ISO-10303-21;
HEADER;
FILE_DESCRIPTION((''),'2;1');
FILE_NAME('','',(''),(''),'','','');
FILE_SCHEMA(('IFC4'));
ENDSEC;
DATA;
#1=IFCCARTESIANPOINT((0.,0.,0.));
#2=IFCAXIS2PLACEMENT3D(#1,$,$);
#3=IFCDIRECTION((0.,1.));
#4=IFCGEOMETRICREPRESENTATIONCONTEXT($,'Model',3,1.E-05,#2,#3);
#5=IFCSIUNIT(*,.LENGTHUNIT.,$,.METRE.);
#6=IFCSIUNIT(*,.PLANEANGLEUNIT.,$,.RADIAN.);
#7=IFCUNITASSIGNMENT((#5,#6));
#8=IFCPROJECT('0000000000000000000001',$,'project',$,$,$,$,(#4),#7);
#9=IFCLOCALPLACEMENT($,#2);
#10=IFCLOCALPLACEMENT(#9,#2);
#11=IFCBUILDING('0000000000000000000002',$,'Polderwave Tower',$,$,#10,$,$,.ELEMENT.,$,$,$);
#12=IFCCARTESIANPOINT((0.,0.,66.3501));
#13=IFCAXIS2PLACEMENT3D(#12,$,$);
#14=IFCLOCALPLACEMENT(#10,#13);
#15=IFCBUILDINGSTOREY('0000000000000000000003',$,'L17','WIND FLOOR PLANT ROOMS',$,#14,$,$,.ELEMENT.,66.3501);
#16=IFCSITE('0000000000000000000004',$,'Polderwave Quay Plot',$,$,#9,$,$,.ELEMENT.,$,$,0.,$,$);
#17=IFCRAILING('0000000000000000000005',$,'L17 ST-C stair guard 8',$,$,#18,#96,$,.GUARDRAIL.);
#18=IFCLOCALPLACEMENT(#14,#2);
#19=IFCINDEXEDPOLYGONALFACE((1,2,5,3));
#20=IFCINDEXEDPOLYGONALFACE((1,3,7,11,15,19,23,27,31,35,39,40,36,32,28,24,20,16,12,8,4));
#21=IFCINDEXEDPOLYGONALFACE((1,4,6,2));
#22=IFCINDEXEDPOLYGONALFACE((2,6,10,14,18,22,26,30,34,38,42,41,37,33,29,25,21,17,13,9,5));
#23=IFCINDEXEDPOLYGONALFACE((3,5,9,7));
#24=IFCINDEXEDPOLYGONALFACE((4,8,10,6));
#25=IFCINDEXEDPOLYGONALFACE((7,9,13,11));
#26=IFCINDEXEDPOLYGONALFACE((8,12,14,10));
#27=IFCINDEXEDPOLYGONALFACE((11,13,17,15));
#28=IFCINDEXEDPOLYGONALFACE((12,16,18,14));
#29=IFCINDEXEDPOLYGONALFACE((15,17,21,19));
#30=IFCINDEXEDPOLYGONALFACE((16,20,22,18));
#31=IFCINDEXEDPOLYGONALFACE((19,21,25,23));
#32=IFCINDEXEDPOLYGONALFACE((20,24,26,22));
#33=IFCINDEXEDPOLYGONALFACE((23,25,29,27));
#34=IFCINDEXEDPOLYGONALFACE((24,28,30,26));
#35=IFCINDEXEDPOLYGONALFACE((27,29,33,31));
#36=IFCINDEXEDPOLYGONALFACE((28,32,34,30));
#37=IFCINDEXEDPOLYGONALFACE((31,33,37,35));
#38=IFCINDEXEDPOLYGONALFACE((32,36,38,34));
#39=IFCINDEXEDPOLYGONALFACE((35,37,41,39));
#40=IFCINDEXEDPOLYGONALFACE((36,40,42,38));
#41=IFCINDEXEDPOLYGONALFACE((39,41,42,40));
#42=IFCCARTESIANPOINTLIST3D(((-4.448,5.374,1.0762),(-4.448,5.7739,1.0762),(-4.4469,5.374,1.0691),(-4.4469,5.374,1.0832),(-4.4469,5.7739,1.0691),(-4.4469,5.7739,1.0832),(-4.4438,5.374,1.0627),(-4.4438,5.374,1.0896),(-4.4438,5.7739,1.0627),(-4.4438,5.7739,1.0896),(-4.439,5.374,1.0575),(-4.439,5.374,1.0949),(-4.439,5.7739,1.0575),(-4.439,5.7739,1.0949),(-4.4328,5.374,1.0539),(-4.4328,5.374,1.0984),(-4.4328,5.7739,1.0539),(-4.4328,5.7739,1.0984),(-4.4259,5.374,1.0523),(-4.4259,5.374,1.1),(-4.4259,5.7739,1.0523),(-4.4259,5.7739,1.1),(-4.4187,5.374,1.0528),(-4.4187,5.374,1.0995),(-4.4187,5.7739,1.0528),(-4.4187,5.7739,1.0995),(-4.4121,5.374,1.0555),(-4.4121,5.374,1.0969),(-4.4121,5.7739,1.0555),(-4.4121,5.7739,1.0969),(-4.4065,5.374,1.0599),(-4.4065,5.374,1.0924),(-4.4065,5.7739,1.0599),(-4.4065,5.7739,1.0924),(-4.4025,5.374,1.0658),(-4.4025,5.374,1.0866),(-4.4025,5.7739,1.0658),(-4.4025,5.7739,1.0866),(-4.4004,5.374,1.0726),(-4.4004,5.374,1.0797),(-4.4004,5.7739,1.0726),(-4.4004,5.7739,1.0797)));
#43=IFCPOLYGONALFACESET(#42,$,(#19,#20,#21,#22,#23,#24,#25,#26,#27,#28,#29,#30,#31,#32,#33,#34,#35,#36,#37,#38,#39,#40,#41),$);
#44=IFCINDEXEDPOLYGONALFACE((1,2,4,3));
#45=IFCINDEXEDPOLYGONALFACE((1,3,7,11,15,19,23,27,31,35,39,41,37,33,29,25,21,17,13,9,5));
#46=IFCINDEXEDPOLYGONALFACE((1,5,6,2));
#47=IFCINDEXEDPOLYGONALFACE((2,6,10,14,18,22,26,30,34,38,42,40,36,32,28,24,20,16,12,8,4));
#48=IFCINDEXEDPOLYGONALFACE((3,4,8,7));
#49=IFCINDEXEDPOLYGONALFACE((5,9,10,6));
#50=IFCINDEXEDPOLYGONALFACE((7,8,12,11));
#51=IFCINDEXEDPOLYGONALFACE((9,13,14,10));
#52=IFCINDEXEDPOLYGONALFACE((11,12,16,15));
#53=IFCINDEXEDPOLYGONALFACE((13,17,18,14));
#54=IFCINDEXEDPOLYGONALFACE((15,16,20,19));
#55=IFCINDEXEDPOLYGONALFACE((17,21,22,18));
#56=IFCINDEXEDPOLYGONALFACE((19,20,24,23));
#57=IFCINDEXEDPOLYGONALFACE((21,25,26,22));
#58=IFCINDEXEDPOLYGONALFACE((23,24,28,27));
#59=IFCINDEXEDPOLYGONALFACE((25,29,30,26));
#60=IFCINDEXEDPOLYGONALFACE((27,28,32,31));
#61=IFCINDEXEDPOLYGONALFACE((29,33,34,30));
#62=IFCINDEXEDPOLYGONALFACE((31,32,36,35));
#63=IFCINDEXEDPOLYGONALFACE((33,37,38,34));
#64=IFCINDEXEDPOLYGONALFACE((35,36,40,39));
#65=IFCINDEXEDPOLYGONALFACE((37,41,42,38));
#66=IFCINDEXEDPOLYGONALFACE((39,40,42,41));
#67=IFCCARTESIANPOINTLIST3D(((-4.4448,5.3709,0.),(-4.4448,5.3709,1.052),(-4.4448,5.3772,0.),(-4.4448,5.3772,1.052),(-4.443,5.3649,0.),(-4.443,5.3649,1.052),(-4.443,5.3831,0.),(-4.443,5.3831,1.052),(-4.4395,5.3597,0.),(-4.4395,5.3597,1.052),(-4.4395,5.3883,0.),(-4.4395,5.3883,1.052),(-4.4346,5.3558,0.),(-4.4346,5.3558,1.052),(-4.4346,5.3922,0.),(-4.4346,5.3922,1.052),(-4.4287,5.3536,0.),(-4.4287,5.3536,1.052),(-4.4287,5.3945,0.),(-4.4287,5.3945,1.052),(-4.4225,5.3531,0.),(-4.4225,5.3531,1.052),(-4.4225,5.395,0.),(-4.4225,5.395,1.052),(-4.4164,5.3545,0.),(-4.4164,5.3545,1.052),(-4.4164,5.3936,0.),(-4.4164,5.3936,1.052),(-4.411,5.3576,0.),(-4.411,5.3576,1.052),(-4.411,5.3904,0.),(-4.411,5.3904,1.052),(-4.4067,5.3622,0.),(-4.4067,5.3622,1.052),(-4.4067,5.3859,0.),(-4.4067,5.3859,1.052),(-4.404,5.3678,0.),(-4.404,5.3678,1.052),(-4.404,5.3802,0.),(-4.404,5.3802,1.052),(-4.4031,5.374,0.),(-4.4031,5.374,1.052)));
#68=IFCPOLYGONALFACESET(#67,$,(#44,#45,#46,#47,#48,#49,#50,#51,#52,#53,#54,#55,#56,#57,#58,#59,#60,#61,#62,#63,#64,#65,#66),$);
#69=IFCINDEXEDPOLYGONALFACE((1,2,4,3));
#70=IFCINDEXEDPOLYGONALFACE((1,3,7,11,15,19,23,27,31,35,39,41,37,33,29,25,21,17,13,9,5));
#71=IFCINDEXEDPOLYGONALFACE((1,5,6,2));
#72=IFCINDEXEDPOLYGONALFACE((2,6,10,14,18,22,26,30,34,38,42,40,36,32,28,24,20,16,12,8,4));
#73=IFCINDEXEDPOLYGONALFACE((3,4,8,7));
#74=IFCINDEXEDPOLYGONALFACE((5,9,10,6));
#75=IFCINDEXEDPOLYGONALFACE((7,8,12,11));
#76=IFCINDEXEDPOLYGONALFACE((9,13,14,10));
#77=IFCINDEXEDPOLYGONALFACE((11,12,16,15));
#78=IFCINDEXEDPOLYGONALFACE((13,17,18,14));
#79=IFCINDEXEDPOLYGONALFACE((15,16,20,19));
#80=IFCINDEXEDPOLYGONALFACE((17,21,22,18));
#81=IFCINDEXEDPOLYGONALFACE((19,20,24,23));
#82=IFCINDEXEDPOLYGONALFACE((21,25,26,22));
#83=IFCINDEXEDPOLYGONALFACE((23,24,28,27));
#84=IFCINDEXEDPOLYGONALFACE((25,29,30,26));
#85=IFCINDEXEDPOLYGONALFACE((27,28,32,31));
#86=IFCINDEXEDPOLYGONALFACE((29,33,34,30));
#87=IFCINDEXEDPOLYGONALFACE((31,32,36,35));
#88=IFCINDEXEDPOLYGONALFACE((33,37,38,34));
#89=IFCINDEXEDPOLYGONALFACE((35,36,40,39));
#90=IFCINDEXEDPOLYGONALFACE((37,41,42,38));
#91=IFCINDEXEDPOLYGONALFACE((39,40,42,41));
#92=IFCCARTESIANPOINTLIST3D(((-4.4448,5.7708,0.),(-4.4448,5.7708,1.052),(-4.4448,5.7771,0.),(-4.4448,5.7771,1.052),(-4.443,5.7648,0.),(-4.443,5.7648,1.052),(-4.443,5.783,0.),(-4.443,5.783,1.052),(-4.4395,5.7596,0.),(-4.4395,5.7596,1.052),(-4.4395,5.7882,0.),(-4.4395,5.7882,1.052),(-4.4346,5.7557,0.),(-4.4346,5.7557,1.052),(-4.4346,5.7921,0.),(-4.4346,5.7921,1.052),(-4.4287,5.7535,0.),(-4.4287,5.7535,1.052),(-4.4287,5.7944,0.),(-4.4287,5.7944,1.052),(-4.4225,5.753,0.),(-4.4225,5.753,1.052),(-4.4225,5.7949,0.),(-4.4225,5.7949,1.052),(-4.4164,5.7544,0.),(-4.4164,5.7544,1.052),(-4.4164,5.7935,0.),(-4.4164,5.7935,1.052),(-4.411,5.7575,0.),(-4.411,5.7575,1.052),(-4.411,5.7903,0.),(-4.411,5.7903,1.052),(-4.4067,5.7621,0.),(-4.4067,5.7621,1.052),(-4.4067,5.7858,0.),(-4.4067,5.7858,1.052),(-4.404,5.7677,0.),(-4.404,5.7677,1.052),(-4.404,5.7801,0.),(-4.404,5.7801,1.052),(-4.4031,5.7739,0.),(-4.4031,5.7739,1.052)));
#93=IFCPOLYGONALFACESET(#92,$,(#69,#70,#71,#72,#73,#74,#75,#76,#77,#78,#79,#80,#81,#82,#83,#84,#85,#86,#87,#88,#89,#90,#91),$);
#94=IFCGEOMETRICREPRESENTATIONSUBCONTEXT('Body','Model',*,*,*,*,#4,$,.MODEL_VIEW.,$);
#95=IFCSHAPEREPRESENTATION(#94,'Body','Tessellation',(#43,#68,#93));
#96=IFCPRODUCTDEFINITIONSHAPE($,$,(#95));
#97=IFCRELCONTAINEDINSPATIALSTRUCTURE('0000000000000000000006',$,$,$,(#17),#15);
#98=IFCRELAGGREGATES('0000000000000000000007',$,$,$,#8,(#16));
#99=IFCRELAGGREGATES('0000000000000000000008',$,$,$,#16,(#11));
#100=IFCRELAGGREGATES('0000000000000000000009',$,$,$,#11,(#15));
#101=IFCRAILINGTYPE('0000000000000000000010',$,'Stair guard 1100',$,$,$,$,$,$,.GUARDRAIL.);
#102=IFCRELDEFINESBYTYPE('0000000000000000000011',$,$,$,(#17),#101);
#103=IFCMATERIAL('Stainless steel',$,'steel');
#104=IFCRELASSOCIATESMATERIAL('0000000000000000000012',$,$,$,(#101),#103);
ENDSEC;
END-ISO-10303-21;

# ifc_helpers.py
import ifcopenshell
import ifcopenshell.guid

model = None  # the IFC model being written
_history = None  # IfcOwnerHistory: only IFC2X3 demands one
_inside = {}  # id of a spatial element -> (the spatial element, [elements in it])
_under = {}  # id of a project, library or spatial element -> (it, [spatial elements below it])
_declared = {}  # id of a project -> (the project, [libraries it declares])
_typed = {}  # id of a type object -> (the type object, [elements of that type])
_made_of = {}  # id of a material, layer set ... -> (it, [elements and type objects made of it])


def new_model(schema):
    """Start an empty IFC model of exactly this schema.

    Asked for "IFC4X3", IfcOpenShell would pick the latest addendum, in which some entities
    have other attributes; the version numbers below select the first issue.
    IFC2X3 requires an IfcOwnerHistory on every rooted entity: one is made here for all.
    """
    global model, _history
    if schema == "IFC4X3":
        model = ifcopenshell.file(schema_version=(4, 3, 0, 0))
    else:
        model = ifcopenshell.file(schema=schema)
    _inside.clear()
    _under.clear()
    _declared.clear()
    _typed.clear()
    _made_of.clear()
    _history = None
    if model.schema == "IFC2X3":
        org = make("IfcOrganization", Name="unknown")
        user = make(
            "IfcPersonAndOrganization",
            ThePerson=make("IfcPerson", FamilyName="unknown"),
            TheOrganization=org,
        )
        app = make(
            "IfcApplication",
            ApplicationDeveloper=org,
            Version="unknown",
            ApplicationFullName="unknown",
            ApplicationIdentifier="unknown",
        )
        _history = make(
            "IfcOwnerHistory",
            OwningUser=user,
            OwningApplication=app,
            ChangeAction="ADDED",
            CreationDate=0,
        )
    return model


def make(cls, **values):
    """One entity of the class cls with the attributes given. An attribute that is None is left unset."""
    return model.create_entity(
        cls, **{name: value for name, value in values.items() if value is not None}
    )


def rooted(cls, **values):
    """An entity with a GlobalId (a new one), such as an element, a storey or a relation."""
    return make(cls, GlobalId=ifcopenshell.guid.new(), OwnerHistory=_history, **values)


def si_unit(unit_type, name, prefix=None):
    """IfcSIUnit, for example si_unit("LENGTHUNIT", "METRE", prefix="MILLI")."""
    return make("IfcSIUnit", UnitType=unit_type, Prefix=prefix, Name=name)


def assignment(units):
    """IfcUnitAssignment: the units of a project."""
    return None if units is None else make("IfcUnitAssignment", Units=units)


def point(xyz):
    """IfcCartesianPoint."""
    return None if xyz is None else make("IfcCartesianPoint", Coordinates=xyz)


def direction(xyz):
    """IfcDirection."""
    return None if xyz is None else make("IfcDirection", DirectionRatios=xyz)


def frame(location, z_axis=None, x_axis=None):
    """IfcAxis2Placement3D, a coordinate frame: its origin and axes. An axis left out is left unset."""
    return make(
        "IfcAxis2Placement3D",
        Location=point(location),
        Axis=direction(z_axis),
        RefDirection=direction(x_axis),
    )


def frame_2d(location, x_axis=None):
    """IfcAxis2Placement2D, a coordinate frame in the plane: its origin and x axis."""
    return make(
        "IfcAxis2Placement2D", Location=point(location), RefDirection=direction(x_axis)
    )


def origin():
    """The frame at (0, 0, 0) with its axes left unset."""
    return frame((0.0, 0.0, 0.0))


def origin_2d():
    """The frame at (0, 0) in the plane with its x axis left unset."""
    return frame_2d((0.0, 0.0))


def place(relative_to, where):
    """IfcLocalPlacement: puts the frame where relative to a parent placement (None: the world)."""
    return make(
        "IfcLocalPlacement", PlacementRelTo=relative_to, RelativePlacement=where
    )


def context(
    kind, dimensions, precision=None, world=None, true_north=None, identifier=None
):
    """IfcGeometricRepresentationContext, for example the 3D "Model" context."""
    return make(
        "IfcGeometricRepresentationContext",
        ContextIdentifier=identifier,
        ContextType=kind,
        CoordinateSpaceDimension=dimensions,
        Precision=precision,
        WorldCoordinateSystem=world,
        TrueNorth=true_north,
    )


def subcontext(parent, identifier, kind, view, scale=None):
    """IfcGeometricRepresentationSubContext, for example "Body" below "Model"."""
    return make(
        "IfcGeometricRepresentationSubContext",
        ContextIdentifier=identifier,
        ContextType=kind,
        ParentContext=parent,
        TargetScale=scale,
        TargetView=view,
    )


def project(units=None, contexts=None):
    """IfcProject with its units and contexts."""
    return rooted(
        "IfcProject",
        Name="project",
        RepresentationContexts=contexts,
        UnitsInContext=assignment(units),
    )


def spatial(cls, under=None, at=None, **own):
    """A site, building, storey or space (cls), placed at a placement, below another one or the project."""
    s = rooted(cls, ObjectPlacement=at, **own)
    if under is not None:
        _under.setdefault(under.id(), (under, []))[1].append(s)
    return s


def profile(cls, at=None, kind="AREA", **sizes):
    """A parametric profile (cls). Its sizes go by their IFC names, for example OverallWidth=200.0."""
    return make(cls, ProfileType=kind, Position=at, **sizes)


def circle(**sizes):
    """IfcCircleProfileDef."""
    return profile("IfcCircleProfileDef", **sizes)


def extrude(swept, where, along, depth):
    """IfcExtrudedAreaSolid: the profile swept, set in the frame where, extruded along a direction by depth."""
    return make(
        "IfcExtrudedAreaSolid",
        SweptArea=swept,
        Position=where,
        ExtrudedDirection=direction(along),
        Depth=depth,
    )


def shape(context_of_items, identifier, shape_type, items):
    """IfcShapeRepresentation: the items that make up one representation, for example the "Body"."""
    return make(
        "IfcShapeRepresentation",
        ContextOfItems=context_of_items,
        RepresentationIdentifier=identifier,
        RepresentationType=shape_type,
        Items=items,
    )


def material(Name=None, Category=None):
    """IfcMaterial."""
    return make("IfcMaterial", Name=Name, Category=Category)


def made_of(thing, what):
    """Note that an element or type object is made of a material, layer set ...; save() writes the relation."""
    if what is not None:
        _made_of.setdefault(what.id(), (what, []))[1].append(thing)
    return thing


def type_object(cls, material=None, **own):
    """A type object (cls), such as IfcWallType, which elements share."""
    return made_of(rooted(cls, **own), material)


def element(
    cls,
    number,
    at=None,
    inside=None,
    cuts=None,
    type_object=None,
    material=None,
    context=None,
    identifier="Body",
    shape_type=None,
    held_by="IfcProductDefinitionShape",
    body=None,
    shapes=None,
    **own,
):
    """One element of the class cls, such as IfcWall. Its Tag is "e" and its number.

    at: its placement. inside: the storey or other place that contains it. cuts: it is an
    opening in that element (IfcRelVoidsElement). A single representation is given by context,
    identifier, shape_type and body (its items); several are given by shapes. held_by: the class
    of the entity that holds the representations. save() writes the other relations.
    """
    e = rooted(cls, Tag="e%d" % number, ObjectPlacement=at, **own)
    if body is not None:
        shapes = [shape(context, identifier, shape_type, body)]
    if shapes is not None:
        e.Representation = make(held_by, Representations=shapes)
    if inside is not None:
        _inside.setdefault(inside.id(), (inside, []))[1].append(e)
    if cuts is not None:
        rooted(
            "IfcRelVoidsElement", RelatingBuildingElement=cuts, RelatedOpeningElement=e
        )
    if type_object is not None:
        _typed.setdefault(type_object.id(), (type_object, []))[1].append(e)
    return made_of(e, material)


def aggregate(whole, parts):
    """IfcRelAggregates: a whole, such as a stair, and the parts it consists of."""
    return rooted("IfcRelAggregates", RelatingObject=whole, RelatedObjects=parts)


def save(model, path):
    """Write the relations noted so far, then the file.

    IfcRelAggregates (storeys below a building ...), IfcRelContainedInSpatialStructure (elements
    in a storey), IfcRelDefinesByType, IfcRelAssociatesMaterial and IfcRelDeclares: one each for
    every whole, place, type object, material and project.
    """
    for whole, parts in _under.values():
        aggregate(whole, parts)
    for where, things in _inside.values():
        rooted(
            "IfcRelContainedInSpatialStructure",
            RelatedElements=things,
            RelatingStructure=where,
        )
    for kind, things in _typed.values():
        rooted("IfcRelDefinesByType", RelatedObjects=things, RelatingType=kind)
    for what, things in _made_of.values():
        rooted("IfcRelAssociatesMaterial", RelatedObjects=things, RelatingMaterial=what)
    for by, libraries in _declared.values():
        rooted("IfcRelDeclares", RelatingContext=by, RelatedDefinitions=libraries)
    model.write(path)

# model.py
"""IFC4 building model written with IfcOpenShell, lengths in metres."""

from ifc_helpers import new_model, si_unit, direction, frame, origin, origin_2d, place, context, subcontext, project, spatial, circle, extrude, material, type_object, element, save


model = new_model("IFC4")

# Units and contexts
model_context = context("Model", 3, precision=1e-05, world=origin(), true_north=direction((0.0, 1.0)))
body_context = subcontext(model_context, "Body", "Model", "MODEL_VIEW")
ifc_project = project(units=[si_unit("LENGTHUNIT", "METRE"), si_unit("PLANEANGLEUNIT", "RADIAN")], contexts=[model_context])

# Site, building, storey
site_placement = place(None, origin())
site = spatial("IfcSite", under=ifc_project, at=site_placement, Name="Polderwave Quay Plot", CompositionType="ELEMENT", RefElevation=0.0)
building_placement = place(site_placement, origin())
building = spatial("IfcBuilding", under=site, at=building_placement, Name="Polderwave Tower", CompositionType="ELEMENT")
storey_placement = place(building_placement, frame((0.0, 0.0, 66.3501)))
storey = spatial("IfcBuildingStorey", under=building, at=storey_placement, Name="L17", Description="WIND FLOOR PLANT ROOMS", CompositionType="ELEMENT", Elevation=66.3501)

# Railing
ifc_material_1 = material(Name="Stainless steel", Category="steel")
railing_type_1 = type_object("IfcRailingType", Name="Stair guard 1100", PredefinedType="GUARDRAIL", material=ifc_material_1)
railing_1_placement = place(storey_placement, frame((-4.4241, 5.374, 0.0)))
element("IfcRailing", 1, at=railing_1_placement, inside=storey, type_object=railing_type_1, Name="L17 ST-C stair guard 8", PredefinedType="GUARDRAIL", context=body_context, shape_type="SweptSolid", body=[
    extrude(circle(Radius=0.0239, at=origin_2d()), frame((0.0, 0.0, 1.0762), z_axis=(0.0, 1.0, 0.0), x_axis=(-1.0, 0.0, 0.0)), (0.0, 0.0, 1.0), 0.3999),
    extrude(circle(Radius=0.021, at=origin_2d()), origin(), (0.0, 0.0, 1.0), 1.052),
    extrude(circle(Radius=0.021, at=origin_2d()), frame((0.0, 0.3999, 0.0)), (0.0, 0.0, 1.0), 1.052),
])

save(model, "model.ifc")
